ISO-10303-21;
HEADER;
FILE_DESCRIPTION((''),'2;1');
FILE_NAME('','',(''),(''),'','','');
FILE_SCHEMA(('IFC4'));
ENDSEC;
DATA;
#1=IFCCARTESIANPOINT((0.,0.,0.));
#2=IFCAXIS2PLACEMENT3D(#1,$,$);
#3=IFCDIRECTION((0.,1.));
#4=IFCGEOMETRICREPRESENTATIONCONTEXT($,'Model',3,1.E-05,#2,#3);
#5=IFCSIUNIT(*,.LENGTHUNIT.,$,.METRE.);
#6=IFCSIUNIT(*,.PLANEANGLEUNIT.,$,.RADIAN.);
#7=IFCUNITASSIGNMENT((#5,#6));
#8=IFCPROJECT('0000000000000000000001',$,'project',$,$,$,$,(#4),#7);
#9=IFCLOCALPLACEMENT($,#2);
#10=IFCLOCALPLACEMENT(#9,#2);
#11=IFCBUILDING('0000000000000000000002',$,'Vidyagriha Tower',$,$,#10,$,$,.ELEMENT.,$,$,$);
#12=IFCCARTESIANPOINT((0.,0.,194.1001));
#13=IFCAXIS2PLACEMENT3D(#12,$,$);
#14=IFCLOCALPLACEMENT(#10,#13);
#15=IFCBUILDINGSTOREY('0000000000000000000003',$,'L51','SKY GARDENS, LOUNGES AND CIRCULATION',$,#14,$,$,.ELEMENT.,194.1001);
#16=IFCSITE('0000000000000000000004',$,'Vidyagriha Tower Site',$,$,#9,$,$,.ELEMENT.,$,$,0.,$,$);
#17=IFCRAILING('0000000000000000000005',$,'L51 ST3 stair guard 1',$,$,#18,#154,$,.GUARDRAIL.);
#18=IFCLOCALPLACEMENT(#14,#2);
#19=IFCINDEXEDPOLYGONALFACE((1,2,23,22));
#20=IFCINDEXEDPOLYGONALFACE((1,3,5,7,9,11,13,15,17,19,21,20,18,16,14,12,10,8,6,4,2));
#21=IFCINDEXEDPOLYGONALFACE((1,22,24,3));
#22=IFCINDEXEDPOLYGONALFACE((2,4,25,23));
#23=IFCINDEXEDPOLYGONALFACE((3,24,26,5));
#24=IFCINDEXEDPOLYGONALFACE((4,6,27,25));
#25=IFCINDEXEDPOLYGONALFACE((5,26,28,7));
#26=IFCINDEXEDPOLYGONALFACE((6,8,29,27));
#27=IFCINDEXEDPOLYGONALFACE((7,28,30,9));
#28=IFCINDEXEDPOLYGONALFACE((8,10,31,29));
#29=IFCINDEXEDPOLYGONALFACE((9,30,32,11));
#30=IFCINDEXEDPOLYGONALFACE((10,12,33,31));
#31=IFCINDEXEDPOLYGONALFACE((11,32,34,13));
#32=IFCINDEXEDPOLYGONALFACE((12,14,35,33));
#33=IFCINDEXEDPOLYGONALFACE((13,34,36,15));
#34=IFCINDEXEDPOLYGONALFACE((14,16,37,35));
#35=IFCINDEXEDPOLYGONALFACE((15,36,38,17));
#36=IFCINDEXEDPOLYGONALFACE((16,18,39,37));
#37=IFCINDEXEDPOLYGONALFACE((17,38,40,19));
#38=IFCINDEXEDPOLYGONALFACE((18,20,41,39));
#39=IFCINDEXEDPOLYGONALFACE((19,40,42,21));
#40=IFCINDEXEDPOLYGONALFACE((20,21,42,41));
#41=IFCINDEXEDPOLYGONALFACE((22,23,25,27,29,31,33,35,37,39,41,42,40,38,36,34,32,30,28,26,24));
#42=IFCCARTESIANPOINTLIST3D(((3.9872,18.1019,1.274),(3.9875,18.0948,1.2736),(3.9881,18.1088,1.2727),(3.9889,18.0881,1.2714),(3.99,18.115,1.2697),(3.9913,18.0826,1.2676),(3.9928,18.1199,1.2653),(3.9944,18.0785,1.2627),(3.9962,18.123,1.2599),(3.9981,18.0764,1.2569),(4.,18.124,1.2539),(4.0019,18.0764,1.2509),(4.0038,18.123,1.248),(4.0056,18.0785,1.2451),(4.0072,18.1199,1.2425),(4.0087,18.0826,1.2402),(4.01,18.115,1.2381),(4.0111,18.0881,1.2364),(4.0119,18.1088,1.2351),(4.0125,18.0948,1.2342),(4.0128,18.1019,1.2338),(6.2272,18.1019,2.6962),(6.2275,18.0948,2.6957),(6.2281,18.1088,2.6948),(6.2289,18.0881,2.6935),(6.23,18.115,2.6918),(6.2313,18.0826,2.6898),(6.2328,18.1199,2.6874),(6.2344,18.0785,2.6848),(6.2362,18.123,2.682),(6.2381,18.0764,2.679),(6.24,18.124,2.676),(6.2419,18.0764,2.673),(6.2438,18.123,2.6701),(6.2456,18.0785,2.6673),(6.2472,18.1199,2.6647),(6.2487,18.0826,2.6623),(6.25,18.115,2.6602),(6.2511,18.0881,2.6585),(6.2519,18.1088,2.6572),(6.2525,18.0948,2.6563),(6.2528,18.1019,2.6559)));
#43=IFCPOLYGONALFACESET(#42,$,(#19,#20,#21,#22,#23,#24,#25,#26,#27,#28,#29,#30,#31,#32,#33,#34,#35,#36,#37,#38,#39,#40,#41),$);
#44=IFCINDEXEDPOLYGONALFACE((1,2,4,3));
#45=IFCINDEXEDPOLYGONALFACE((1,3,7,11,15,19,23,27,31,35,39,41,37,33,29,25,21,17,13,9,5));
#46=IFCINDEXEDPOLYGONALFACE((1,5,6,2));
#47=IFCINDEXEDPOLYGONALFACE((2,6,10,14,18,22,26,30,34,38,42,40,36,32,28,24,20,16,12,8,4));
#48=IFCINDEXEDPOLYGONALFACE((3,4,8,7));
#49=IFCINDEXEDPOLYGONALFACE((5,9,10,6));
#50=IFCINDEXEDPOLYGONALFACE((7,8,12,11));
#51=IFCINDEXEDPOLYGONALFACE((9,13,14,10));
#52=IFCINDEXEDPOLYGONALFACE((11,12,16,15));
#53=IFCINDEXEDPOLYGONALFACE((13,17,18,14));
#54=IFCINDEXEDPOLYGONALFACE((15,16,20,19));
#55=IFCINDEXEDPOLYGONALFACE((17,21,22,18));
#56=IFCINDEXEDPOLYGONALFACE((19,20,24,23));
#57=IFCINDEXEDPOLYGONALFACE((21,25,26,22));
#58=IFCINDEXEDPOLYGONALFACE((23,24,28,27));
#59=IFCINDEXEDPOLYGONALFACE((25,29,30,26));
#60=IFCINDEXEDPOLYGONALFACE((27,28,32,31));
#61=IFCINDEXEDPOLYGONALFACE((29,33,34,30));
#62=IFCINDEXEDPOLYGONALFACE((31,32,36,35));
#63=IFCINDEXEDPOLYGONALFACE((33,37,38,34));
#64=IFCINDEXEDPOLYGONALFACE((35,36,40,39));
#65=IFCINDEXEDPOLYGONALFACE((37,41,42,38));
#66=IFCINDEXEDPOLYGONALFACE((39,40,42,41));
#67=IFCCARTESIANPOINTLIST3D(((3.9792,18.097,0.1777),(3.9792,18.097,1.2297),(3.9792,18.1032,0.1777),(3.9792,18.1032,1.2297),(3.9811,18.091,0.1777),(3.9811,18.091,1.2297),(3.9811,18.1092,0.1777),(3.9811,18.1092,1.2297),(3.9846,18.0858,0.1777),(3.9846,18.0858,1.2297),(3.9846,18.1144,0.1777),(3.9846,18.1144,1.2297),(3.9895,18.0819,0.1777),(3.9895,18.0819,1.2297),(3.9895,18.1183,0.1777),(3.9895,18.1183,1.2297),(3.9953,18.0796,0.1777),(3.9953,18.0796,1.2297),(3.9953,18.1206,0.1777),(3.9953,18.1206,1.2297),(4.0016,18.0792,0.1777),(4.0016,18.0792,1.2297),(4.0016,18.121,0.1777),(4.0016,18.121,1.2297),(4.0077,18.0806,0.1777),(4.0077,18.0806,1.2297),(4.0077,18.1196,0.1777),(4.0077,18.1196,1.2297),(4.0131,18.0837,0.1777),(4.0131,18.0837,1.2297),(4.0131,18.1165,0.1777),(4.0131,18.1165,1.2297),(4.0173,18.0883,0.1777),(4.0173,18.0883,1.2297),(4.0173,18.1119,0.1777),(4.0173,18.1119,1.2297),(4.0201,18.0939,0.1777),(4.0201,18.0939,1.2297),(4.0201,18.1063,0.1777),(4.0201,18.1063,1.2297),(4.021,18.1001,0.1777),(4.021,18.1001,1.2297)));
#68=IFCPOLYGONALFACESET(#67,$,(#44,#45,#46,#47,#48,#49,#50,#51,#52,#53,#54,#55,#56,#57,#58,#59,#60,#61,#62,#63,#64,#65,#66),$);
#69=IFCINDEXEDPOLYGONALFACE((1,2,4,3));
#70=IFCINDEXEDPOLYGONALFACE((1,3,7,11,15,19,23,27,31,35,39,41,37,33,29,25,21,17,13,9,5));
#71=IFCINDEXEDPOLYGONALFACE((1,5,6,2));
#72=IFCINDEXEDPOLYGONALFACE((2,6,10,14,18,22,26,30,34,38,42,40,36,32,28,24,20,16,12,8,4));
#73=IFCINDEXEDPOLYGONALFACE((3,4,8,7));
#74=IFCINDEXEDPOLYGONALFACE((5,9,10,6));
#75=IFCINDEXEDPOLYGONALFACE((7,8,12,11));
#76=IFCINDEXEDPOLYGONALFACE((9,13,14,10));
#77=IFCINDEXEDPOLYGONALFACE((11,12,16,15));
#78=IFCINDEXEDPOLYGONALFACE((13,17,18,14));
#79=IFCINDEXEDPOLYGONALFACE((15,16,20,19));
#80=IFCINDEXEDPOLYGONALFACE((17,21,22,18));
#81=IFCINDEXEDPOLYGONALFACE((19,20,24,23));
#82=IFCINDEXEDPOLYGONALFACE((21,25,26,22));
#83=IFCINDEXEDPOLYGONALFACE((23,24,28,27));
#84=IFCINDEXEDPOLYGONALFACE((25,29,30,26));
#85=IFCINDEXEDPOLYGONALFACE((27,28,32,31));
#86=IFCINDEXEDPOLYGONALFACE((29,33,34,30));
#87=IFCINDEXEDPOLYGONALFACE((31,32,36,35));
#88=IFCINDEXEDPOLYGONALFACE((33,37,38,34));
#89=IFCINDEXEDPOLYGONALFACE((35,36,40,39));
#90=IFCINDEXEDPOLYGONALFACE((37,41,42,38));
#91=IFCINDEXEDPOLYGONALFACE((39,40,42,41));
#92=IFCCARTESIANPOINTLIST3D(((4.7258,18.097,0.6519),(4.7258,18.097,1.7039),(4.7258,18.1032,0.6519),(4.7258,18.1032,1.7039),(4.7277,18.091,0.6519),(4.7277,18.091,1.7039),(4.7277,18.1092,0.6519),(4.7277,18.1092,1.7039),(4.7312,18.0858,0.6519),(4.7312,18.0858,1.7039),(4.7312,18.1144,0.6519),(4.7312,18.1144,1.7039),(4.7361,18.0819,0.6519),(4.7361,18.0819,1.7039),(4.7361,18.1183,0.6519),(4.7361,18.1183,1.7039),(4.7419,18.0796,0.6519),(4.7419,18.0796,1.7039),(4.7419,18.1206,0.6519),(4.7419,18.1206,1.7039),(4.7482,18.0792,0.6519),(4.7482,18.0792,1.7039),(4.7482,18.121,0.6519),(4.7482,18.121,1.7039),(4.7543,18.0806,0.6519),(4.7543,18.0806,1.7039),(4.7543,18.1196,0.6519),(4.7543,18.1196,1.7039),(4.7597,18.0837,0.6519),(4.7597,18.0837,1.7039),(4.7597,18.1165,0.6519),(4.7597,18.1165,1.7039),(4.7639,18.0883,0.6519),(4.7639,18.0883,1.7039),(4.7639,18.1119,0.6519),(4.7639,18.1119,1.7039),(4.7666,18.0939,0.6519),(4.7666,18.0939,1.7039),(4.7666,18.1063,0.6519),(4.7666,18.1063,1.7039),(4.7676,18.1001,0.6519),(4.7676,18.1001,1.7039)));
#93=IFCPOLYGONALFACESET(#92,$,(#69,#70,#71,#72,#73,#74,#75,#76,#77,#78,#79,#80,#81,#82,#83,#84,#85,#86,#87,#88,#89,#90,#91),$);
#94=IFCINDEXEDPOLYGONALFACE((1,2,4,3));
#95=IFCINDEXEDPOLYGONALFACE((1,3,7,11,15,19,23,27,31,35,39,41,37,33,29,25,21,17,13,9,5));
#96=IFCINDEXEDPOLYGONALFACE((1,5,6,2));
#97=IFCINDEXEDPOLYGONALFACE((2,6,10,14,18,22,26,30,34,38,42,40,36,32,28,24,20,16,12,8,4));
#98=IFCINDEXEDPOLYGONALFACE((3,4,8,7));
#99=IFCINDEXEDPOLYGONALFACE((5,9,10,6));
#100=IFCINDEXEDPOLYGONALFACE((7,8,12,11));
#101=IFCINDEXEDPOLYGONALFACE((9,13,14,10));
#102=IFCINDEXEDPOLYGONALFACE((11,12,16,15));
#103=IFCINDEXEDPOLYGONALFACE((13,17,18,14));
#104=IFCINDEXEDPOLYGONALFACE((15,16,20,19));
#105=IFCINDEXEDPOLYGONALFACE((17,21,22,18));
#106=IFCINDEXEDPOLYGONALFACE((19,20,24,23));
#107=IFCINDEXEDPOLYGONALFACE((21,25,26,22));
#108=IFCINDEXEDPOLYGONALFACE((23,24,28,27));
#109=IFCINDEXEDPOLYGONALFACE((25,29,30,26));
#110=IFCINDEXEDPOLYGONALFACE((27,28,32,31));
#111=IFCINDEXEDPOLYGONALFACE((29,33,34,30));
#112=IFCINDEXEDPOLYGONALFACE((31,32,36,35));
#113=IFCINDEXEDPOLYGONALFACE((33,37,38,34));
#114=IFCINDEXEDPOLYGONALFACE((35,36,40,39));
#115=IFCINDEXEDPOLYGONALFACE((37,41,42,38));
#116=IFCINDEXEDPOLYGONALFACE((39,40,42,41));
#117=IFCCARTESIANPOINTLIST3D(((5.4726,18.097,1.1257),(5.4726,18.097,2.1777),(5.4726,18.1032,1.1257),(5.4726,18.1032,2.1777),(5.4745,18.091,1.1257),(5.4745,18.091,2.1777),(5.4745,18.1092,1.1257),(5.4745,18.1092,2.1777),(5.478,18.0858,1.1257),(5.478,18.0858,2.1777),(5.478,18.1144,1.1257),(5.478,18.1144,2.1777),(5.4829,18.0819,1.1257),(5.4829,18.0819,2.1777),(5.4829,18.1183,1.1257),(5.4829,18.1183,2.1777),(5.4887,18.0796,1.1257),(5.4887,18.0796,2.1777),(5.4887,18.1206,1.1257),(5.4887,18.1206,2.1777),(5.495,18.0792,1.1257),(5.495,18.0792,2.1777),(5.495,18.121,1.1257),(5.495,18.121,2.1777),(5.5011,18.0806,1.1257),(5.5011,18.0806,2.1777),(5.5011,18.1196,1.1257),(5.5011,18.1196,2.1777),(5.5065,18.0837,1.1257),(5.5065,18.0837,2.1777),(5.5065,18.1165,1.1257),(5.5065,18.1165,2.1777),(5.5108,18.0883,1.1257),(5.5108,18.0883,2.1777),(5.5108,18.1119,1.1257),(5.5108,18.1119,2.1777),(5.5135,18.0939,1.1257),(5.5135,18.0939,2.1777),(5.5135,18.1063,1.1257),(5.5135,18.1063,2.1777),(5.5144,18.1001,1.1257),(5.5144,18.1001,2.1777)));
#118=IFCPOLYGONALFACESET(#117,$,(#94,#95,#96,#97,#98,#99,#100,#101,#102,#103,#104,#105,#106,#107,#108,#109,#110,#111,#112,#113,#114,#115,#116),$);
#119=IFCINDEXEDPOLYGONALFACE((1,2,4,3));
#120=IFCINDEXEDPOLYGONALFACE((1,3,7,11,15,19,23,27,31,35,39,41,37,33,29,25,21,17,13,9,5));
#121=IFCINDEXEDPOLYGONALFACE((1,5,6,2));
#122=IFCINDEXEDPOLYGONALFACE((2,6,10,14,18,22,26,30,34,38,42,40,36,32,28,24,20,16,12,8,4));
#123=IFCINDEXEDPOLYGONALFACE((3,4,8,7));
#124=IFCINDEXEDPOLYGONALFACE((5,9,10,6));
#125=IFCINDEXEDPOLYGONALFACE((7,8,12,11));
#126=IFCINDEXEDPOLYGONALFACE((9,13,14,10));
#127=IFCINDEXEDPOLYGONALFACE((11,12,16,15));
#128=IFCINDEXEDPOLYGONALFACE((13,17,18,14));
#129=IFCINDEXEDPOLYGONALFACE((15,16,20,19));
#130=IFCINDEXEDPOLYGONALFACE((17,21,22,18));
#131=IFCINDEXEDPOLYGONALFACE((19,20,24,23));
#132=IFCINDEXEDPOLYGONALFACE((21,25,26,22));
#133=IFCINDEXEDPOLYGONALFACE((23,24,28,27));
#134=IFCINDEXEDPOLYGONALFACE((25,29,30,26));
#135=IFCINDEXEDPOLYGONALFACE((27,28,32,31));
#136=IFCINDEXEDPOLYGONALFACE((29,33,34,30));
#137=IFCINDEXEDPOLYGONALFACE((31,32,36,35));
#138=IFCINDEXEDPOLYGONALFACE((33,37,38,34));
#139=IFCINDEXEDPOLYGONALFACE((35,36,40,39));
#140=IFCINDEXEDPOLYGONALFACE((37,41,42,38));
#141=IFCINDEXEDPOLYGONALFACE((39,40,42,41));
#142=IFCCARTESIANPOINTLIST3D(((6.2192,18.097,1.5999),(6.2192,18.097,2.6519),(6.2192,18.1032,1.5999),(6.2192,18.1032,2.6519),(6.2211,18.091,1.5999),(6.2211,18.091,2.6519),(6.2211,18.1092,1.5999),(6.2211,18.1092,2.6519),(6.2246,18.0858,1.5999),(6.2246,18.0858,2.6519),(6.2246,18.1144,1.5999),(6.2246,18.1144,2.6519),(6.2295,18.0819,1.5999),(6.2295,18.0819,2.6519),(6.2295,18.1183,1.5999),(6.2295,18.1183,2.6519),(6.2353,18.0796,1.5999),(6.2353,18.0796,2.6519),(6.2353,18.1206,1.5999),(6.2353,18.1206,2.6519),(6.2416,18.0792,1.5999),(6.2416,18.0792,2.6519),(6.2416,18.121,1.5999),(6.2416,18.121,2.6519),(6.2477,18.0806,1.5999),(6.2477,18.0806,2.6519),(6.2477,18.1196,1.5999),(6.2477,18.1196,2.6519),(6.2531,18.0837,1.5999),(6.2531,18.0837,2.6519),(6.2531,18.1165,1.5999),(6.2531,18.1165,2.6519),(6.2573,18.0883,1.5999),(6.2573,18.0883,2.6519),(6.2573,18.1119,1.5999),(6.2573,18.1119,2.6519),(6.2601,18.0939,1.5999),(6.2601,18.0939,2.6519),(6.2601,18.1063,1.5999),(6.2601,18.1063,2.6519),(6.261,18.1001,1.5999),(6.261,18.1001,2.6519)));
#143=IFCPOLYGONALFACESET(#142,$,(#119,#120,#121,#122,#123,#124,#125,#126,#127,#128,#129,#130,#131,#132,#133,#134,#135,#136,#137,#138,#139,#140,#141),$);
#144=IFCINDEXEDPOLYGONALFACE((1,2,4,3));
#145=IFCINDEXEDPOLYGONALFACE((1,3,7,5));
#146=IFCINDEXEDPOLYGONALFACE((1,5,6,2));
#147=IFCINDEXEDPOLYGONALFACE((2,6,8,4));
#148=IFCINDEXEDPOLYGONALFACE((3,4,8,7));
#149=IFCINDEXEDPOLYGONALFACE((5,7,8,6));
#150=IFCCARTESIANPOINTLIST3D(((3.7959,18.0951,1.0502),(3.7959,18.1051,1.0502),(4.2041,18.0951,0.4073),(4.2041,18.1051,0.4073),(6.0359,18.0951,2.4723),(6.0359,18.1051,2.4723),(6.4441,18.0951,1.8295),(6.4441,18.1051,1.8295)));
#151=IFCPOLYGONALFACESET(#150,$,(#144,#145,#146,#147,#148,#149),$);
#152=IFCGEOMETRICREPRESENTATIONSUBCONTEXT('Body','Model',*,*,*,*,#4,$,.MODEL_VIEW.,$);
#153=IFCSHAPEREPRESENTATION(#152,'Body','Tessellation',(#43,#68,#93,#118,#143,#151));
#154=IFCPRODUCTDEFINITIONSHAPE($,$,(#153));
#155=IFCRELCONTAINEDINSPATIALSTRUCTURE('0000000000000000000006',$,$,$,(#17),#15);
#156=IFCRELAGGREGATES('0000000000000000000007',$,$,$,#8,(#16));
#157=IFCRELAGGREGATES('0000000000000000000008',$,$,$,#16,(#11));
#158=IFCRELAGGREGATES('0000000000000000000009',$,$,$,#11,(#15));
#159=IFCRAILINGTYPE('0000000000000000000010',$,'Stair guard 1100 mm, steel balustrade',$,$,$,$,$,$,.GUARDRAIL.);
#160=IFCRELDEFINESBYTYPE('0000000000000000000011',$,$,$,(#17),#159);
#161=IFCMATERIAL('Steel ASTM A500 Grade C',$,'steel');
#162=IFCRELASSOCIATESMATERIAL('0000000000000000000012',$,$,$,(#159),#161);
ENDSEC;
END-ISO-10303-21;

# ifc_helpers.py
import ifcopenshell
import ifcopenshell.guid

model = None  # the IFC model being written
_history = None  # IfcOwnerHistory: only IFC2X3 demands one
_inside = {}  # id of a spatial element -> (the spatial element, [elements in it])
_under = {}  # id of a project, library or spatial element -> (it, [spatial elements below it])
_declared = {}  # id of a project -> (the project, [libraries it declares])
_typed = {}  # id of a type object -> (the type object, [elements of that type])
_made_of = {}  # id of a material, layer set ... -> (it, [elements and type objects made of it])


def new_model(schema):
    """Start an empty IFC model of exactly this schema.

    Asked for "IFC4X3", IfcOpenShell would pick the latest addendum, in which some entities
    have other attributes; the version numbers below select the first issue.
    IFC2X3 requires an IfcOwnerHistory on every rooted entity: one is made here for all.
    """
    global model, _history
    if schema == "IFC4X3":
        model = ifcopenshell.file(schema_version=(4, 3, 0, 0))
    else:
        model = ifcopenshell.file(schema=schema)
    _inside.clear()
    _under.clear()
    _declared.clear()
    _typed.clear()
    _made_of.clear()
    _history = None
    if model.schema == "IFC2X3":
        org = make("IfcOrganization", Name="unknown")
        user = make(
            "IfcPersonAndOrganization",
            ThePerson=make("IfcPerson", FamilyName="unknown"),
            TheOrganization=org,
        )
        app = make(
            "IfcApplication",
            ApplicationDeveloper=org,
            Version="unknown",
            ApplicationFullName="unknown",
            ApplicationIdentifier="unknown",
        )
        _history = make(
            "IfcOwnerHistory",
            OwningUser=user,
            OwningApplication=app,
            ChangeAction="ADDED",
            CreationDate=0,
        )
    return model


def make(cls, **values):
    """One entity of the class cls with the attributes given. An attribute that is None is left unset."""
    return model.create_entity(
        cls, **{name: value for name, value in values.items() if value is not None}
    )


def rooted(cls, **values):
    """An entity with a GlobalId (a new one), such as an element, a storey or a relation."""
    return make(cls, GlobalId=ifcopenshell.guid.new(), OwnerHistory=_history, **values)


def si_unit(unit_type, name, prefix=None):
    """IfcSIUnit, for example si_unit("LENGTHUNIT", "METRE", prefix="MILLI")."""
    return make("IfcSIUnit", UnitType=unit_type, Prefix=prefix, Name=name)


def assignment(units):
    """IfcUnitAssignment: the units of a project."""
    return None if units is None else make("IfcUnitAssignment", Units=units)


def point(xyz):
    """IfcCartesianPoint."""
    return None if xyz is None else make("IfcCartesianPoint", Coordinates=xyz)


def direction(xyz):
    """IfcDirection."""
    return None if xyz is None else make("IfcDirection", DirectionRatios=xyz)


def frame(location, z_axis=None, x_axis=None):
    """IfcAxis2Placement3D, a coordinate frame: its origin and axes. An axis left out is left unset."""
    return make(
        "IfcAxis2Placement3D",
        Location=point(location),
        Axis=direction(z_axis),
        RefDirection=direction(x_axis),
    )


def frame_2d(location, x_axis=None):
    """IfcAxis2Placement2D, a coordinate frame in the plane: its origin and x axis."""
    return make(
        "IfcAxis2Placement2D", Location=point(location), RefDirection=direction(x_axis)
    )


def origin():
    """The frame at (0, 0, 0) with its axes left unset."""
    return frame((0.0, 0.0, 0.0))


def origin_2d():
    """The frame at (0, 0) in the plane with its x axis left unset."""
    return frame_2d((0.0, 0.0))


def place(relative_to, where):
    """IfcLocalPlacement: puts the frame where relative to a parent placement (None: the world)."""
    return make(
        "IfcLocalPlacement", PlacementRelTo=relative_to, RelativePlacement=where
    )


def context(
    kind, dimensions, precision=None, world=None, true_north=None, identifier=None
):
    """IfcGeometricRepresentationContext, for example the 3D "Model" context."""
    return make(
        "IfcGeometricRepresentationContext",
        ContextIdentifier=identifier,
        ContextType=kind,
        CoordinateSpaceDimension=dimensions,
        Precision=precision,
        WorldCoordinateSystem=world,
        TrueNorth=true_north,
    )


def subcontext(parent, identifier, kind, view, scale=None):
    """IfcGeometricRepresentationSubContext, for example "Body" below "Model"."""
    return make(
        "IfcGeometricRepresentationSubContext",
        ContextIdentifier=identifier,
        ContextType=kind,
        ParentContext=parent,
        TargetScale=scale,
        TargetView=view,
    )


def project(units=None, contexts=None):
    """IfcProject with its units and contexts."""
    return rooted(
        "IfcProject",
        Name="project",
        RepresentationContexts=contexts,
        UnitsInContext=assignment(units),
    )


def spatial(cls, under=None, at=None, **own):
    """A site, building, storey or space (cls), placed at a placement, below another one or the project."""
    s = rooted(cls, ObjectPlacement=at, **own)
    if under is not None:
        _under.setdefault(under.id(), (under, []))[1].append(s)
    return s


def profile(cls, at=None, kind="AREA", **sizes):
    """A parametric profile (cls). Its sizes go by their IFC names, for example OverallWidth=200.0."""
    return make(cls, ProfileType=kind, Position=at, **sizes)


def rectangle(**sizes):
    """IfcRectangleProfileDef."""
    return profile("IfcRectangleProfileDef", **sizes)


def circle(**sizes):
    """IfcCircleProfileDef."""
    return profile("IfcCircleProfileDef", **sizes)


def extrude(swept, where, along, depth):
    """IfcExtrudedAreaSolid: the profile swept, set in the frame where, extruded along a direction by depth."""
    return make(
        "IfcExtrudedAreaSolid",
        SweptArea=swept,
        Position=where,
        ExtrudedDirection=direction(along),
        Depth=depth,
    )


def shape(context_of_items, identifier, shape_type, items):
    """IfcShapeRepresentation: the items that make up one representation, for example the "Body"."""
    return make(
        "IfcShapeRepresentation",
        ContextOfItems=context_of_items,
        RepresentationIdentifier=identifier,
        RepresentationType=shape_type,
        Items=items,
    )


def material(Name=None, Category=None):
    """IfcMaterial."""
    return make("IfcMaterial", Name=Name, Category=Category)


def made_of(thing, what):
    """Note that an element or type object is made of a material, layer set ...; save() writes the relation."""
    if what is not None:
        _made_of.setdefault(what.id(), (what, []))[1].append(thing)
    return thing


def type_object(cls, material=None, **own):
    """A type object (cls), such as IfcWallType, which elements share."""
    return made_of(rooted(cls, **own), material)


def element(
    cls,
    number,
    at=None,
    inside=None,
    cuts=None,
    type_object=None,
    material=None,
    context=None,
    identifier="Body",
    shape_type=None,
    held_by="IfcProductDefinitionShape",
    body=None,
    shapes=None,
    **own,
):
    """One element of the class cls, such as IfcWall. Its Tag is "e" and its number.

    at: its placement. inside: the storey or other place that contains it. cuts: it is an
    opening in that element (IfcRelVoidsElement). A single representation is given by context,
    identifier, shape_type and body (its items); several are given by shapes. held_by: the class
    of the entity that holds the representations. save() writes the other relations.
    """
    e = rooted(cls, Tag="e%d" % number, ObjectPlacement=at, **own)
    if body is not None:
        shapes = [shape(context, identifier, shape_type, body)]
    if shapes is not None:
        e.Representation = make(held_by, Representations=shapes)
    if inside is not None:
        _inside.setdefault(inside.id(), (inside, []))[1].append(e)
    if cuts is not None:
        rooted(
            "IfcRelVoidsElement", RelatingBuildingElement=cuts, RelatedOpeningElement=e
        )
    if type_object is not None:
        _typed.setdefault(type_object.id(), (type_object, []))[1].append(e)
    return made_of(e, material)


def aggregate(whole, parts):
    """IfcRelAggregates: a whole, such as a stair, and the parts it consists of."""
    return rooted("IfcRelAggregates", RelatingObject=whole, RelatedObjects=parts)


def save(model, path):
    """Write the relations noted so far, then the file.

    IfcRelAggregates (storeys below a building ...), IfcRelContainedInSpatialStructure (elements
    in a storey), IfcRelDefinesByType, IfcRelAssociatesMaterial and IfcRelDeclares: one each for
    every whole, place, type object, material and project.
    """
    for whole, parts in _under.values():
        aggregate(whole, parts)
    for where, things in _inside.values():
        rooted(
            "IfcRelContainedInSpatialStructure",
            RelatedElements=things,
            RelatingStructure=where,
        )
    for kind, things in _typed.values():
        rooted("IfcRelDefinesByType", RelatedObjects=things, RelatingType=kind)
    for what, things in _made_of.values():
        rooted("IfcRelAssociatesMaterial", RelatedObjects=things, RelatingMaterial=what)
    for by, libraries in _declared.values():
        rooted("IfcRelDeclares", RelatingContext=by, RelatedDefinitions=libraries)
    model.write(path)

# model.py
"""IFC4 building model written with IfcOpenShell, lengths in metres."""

from ifc_helpers import new_model, si_unit, direction, frame, origin, origin_2d, place, context, subcontext, project, spatial, rectangle, circle, extrude, material, type_object, element, save


model = new_model("IFC4")

# Units and contexts
model_context = context("Model", 3, precision=1e-05, world=origin(), true_north=direction((0.0, 1.0)))
body_context = subcontext(model_context, "Body", "Model", "MODEL_VIEW")
ifc_project = project(units=[si_unit("LENGTHUNIT", "METRE"), si_unit("PLANEANGLEUNIT", "RADIAN")], contexts=[model_context])

# Site, building, storey
site_placement = place(None, origin())
site = spatial("IfcSite", under=ifc_project, at=site_placement, Name="Vidyagriha Tower Site", CompositionType="ELEMENT", RefElevation=0.0)
building_placement = place(site_placement, origin())
building = spatial("IfcBuilding", under=site, at=building_placement, Name="Vidyagriha Tower", CompositionType="ELEMENT")
storey_placement = place(building_placement, frame((0.0, 0.0, 194.1001)))
storey = spatial("IfcBuildingStorey", under=building, at=storey_placement, Name="L51", Description="SKY GARDENS, LOUNGES AND CIRCULATION", CompositionType="ELEMENT", Elevation=194.1001)

# Railing
ifc_material_1 = material(Name="Steel ASTM A500 Grade C", Category="steel")
railing_type_1 = type_object("IfcRailingType", Name="Stair guard 1100 mm, steel balustrade", PredefinedType="GUARDRAIL", material=ifc_material_1)
railing_1_placement = place(storey_placement, frame((4.0, 18.1001, 0.1777)))
element("IfcRailing", 1, at=railing_1_placement, inside=storey, type_object=railing_type_1, Name="L51 ST3 stair guard 1", PredefinedType="GUARDRAIL", context=body_context, shape_type="SweptSolid", body=[
    extrude(circle(Radius=0.0239, at=origin_2d()), frame((0.0, 0.0, 1.0762), z_axis=(0.844229, 0.0, 0.535982), x_axis=(0.0, 1.0, 0.0)), (0.0, 0.0, 1.0), 2.6533),
    extrude(circle(Radius=0.021, at=origin_2d()), origin(), (0.0, 0.0, 1.0), 1.052),
    extrude(circle(Radius=0.021, at=origin_2d()), frame((0.7466, 0.0, 0.4741)), (0.0, 0.0, 1.0), 1.052),
    extrude(circle(Radius=0.021, at=origin_2d()), frame((1.4934, 0.0, 0.948)), (0.0, 0.0, 1.0), 1.052),
    extrude(circle(Radius=0.021, at=origin_2d()), frame((2.24, 0.0, 1.4221)), (0.0, 0.0, 1.0), 1.052),
    extrude(rectangle(XDim=0.01, YDim=0.7615, at=origin_2d()), frame((0.0, 0.0, 0.551), z_axis=(0.844229, 0.0, 0.535982), x_axis=(0.0, 1.0, 0.0)), (0.0, 0.0, 1.0), 2.6533),
])

save(model, "model.ifc")
